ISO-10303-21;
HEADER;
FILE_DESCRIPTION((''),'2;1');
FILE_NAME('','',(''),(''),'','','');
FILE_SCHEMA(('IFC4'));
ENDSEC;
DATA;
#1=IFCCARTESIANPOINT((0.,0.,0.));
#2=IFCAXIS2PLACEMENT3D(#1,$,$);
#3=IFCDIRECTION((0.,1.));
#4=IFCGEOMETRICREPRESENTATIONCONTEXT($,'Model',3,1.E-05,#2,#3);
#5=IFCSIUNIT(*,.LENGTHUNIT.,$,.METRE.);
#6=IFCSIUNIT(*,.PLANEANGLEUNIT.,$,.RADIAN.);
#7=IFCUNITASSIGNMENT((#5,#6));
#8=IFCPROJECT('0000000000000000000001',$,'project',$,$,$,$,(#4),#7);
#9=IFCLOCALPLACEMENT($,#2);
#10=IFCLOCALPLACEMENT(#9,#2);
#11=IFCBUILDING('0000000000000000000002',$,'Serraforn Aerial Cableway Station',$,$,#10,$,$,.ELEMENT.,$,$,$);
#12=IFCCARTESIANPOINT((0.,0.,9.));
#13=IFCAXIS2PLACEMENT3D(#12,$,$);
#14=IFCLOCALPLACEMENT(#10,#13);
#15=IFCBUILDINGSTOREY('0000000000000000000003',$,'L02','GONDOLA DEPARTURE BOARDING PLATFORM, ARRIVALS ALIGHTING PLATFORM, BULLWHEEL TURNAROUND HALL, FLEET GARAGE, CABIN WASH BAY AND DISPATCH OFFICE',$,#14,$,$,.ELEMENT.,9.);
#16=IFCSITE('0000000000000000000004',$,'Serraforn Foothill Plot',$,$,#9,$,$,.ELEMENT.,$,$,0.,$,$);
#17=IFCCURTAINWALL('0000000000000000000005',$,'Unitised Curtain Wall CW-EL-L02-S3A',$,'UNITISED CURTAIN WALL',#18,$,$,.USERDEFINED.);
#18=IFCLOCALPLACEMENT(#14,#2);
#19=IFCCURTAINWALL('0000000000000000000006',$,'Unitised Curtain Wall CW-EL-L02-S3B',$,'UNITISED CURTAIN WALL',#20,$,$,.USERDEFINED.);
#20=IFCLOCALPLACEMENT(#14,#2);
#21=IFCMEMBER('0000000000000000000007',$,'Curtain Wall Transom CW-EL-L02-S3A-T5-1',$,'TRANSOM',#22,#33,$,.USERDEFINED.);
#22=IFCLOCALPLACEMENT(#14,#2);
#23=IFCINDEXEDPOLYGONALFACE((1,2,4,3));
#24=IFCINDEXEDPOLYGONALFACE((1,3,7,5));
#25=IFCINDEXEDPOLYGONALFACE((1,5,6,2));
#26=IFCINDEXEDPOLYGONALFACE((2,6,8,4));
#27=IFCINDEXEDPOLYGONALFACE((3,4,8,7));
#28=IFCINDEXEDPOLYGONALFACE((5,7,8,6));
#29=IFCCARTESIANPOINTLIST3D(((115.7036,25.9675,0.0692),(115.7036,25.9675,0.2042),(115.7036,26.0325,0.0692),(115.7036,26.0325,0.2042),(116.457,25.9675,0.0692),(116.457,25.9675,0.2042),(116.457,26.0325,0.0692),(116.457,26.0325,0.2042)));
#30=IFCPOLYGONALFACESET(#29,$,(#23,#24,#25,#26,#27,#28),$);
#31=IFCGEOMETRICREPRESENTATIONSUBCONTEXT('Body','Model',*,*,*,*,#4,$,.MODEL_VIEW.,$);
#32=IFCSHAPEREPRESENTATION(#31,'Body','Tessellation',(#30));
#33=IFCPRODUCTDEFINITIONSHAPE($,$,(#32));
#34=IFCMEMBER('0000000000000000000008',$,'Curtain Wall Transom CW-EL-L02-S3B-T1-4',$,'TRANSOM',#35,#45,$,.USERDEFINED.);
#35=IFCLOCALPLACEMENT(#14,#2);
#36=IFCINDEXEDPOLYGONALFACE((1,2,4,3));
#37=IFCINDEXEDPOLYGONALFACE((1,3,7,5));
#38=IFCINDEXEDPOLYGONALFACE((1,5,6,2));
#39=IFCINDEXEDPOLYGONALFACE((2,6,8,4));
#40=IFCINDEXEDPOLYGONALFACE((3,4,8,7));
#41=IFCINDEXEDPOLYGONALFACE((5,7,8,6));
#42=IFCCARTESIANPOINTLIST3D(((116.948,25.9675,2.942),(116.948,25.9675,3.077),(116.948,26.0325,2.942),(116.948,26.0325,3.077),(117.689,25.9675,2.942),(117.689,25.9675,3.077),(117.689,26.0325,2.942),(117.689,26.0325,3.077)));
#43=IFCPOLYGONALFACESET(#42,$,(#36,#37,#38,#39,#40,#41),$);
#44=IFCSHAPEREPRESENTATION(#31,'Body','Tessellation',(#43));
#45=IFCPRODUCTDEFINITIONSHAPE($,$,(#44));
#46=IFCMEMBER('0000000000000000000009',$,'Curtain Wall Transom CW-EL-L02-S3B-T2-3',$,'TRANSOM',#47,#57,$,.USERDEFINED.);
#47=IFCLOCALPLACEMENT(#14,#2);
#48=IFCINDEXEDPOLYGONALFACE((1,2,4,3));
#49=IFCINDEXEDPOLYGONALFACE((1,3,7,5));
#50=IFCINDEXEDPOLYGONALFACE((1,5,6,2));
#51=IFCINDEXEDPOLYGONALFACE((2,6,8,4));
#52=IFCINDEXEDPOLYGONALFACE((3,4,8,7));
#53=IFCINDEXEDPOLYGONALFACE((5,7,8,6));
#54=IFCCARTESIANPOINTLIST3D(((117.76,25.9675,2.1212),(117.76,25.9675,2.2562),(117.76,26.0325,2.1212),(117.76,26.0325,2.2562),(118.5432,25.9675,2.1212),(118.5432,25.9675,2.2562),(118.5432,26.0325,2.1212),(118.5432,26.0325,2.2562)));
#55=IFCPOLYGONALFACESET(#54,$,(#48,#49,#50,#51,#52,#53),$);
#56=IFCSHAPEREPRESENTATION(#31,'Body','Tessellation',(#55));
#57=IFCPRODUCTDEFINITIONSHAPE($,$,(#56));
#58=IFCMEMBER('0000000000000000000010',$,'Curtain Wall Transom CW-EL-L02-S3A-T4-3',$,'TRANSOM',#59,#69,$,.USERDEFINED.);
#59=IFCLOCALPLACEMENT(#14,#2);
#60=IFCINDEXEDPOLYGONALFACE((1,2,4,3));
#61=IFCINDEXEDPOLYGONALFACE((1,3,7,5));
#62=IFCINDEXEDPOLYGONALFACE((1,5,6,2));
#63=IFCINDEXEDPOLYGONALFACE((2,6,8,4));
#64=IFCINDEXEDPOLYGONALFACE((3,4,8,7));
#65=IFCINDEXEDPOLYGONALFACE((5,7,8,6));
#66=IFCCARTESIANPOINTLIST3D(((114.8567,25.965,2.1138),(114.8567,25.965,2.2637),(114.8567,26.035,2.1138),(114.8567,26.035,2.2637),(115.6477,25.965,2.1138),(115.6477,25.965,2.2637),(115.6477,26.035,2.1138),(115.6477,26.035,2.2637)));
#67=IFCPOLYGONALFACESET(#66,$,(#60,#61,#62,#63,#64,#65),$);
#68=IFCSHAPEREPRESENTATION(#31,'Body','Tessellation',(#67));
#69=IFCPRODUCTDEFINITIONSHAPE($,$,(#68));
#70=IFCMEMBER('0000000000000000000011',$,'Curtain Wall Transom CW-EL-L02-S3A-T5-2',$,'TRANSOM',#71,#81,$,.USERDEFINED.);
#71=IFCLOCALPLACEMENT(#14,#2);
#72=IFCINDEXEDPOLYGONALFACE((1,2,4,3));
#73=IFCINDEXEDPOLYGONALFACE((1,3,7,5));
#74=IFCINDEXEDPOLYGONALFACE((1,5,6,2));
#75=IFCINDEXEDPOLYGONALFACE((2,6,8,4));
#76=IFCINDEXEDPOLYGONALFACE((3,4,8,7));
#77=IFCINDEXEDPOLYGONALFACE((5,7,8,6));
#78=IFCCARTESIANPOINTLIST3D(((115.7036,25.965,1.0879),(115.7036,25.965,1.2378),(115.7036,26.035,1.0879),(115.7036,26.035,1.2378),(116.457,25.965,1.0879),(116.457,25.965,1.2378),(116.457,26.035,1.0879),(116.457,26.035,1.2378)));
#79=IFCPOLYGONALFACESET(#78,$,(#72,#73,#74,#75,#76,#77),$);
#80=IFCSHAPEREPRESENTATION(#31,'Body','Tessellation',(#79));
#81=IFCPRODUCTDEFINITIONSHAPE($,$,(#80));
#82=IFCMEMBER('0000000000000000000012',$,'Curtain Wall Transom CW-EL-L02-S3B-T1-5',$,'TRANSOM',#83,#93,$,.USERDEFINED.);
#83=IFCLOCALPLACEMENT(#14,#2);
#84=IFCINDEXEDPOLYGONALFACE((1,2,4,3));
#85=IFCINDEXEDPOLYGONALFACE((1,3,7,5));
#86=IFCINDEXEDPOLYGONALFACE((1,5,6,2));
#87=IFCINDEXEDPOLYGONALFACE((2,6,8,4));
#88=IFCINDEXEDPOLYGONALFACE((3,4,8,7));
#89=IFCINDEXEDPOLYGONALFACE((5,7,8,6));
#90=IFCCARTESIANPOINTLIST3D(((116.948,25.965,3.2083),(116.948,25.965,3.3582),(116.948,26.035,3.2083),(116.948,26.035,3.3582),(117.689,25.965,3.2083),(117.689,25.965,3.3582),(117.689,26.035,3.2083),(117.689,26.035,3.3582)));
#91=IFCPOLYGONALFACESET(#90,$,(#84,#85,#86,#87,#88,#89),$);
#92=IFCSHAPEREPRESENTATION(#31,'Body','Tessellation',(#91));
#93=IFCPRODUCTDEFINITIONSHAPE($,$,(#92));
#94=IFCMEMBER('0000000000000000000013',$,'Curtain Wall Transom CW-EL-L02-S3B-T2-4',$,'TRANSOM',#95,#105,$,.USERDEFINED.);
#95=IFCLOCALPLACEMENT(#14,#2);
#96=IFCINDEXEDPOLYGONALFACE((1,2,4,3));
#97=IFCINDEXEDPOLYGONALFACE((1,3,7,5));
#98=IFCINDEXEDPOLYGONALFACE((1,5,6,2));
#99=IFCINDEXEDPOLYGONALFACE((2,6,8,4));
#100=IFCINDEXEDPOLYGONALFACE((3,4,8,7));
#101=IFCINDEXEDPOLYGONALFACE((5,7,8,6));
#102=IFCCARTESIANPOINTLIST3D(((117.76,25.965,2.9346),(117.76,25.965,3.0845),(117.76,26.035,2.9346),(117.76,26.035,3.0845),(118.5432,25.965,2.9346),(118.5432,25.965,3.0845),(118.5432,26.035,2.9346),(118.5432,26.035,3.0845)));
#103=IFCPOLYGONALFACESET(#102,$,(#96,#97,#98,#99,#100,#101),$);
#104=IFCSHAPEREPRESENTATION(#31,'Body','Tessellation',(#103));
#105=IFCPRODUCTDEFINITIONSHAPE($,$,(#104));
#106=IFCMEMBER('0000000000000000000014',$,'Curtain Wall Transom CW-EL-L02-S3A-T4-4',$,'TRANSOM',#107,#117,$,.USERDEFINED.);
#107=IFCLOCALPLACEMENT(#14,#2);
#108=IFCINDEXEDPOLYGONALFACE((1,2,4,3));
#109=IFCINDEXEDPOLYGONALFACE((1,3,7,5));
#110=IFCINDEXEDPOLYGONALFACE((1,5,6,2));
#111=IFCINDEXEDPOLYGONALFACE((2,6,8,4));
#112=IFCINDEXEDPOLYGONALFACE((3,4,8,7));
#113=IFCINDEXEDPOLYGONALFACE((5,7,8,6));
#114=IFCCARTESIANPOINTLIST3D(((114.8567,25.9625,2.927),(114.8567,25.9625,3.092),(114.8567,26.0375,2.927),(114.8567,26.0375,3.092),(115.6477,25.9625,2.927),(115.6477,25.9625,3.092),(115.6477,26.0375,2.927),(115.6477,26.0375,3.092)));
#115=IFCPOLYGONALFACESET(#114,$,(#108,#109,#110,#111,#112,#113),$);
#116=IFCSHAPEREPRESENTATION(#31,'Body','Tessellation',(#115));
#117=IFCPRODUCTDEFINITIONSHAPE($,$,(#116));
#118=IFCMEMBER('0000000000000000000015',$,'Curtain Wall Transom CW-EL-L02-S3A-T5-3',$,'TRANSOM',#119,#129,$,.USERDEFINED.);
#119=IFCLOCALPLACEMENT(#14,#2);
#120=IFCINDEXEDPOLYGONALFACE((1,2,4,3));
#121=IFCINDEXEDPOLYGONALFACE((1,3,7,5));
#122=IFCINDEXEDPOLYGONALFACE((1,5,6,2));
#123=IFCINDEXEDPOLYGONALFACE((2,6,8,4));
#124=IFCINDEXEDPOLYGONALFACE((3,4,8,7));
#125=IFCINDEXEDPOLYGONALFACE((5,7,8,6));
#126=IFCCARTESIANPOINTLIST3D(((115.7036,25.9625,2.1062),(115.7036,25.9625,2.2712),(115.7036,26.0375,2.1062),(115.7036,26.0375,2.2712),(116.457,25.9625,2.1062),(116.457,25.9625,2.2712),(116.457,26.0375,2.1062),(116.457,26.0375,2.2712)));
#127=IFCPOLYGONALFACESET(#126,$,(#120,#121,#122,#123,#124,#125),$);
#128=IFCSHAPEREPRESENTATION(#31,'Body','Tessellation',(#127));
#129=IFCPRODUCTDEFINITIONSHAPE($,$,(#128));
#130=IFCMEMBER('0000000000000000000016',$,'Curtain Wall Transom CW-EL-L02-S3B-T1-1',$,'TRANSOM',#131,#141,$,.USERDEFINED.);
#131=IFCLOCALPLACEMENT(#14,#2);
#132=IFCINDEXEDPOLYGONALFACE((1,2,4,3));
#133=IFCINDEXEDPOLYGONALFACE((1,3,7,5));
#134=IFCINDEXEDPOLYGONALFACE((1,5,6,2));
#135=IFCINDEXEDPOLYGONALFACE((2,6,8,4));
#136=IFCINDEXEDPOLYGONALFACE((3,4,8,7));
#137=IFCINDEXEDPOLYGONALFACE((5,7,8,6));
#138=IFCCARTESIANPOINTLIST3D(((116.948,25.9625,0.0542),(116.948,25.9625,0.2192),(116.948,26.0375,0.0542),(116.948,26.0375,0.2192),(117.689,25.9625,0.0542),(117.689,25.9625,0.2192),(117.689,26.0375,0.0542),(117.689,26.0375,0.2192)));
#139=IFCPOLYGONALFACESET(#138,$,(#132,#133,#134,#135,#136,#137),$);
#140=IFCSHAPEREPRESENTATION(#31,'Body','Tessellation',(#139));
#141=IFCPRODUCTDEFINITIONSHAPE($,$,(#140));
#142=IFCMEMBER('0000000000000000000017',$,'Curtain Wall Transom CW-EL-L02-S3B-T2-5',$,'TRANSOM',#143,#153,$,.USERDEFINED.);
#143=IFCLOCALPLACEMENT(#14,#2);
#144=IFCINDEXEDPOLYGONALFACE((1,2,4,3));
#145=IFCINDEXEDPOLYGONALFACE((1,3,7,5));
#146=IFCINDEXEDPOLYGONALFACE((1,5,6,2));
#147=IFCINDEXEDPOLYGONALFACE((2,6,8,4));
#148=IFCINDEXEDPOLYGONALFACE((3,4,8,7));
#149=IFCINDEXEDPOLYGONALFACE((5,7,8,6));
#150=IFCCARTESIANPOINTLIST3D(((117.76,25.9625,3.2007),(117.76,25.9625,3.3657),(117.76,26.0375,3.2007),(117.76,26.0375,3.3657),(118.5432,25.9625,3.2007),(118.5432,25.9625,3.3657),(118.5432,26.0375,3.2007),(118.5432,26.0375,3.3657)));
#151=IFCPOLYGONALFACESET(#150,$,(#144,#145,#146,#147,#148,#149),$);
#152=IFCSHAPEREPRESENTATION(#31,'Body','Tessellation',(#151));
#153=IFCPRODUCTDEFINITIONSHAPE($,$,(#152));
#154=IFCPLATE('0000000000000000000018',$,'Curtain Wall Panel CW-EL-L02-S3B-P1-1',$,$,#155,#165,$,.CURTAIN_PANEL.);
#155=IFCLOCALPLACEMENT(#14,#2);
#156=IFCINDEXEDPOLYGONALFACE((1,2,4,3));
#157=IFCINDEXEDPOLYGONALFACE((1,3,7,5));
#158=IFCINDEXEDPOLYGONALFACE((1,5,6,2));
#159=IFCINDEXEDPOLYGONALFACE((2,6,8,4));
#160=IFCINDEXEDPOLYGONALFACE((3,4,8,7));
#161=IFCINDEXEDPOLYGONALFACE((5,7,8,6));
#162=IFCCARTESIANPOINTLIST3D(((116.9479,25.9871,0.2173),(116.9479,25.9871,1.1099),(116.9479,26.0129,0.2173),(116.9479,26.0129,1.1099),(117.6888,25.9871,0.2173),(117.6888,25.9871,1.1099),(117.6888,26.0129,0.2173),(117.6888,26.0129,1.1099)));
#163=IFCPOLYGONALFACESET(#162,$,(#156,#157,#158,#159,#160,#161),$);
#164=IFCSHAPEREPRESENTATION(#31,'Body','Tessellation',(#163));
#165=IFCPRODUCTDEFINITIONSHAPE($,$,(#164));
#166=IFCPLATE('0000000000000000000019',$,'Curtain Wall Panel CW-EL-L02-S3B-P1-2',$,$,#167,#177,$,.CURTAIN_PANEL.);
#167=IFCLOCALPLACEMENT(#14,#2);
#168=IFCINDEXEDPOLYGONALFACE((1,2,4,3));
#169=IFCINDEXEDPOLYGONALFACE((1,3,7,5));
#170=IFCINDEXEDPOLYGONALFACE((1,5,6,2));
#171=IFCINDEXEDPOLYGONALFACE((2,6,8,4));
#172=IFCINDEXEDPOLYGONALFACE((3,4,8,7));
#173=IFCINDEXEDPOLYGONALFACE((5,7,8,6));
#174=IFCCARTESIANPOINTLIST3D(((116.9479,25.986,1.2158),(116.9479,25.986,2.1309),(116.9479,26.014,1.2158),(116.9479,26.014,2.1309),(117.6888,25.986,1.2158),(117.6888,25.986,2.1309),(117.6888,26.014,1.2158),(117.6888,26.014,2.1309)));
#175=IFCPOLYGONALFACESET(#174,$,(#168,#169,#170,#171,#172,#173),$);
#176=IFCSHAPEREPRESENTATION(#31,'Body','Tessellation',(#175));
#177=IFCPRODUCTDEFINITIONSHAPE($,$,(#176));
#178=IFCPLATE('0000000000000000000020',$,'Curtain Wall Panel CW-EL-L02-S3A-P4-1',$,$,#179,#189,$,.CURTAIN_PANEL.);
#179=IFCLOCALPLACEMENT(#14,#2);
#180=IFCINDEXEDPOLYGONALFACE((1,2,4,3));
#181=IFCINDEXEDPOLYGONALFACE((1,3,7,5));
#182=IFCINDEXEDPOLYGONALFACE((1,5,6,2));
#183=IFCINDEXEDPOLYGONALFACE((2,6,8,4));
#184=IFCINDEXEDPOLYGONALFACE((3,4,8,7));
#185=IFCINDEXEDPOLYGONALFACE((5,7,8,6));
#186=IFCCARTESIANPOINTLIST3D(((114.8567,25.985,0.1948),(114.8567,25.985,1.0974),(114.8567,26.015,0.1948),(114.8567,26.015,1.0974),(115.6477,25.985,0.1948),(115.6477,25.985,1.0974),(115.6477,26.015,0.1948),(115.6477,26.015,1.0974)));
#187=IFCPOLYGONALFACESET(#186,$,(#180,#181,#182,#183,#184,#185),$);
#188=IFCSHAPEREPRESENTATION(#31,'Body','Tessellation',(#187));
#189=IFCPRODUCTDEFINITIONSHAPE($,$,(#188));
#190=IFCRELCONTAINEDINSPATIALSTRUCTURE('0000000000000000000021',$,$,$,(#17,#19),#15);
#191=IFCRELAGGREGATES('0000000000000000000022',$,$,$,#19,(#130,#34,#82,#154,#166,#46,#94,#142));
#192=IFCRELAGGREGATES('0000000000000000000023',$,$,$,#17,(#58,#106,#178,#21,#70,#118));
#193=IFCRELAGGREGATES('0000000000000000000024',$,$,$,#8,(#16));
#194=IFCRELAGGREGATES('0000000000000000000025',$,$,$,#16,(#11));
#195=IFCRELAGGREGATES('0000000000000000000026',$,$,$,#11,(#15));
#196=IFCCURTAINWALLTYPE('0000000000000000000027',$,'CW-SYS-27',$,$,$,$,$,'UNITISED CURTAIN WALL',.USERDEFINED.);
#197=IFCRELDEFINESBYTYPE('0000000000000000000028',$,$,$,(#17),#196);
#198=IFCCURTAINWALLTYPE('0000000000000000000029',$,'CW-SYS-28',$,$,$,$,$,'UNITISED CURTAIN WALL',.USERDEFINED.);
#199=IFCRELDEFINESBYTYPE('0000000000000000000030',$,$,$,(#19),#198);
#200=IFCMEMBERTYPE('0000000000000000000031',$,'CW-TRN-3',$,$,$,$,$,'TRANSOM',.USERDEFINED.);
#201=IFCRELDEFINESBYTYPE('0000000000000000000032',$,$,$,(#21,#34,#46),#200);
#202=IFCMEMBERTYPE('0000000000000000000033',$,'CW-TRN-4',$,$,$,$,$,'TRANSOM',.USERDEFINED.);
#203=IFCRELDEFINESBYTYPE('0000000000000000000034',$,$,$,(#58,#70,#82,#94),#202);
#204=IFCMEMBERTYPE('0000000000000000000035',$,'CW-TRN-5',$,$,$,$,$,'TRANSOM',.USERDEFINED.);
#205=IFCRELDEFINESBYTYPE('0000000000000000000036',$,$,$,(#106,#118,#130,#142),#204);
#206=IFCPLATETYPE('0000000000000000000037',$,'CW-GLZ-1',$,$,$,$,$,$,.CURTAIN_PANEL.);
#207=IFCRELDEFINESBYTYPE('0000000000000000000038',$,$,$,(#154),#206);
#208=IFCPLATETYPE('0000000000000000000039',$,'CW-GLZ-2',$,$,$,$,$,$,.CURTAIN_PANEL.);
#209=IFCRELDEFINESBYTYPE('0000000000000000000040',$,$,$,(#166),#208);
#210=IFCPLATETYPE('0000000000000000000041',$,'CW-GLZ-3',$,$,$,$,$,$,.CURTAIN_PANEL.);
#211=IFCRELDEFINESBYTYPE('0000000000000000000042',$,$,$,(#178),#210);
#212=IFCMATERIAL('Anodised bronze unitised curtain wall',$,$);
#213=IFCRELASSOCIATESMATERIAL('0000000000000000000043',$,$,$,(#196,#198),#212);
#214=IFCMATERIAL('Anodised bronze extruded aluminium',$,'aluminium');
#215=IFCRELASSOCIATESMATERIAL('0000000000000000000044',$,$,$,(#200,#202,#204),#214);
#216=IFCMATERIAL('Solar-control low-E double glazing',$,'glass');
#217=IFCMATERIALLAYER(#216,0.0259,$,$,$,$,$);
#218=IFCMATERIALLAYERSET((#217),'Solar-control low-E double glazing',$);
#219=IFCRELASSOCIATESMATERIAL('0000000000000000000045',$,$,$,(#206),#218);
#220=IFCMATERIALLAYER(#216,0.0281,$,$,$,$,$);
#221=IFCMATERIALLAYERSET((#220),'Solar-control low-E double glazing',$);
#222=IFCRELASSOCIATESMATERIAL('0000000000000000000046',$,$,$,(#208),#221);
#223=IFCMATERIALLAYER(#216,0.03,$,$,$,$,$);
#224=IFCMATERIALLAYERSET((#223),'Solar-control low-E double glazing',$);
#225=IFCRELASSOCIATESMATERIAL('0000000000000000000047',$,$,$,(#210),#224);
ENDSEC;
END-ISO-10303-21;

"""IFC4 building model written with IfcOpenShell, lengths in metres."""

from ifc_helpers import new_model, si_unit, direction, frame, origin, origin_2d, place, context, subcontext, project, spatial, rectangle, extrude, material, layer, layer_set, material_profile, profile_set, type_object, element, aggregate, save


model = new_model("IFC4")

# Units and contexts
model_context = context("Model", 3, precision=1e-05, world=origin(), true_north=direction((0.0, 1.0)))
body_context = subcontext(model_context, "Body", "Model", "MODEL_VIEW")
ifc_project = project(units=[si_unit("LENGTHUNIT", "METRE"), si_unit("PLANEANGLEUNIT", "RADIAN")], contexts=[model_context])

# Site, building, storey
site_placement = place(None, origin())
site = spatial("IfcSite", under=ifc_project, at=site_placement, Name="Serraforn Foothill Plot", CompositionType="ELEMENT", RefElevation=0.0)
building_placement = place(site_placement, origin())
building = spatial("IfcBuilding", under=site, at=building_placement, Name="Serraforn Aerial Cableway Station", CompositionType="ELEMENT")
storey_placement = place(building_placement, frame((0.0, 0.0, 9.0)))
storey = spatial("IfcBuildingStorey", under=building, at=storey_placement, Name="L02", Description="GONDOLA DEPARTURE BOARDING PLATFORM, ARRIVALS ALIGHTING PLATFORM, BULLWHEEL TURNAROUND HALL, FLEET GARAGE, CABIN WASH BAY AND DISPATCH OFFICE", CompositionType="ELEMENT", Elevation=9.0)

# Curtain walls
ifc_material_1 = material(Name="Anodised bronze unitised curtain wall")
curtain_wall_type_1 = type_object("IfcCurtainWallType", Name="CW-SYS-27", ElementType="UNITISED CURTAIN WALL", PredefinedType="USERDEFINED", material=ifc_material_1)
curtain_wall_1_placement = place(storey_placement, origin())
curtain_wall_1 = element("IfcCurtainWall", 1, at=curtain_wall_1_placement, inside=storey, type_object=curtain_wall_type_1, Name="Unitised Curtain Wall CW-EL-L02-S3A", ObjectType="UNITISED CURTAIN WALL", PredefinedType="USERDEFINED")
ifc_material_2 = material(Name="Anodised bronze extruded aluminium", Category="aluminium")
curtain_wall_type_2 = type_object("IfcCurtainWallType", Name="CW-SYS-28", ElementType="UNITISED CURTAIN WALL", PredefinedType="USERDEFINED", material=ifc_material_1)
curtain_wall_2_placement = place(storey_placement, origin())
curtain_wall_2 = element("IfcCurtainWall", 2, at=curtain_wall_2_placement, inside=storey, type_object=curtain_wall_type_2, Name="Unitised Curtain Wall CW-EL-L02-S3B", ObjectType="UNITISED CURTAIN WALL", PredefinedType="USERDEFINED")

# Members
ifc_material_profile_1 = material_profile(ifc_material_2, rectangle(XDim=0.0649, YDim=0.135, at=origin_2d()), Name="CW TRANSOM 65x135")
ifc_profile_set_1 = profile_set([ifc_material_profile_1], Name="Anodised bronze extruded aluminium")
member_type_1 = type_object("IfcMemberType", Name="CW-TRN-3", ElementType="TRANSOM", PredefinedType="USERDEFINED", material=ifc_profile_set_1)
member_1_placement = place(storey_placement, frame((115.7036, 26.0, 0.1367), z_axis=(1.0, 0.0, 0.0), x_axis=(0.0, 1.0, 0.0)))
member_1 = element("IfcMember", 3, at=member_1_placement, type_object=member_type_1, Name="Curtain Wall Transom CW-EL-L02-S3A-T5-1", ObjectType="TRANSOM", PredefinedType="USERDEFINED", context=body_context, shape_type="SweptSolid", body=[
    extrude(rectangle(XDim=0.0649, YDim=0.135, at=origin_2d()), origin(), (0.0, 0.0, 1.0), 0.7534),
])
member_2_placement = place(storey_placement, frame((116.948, 26.0, 3.0095), z_axis=(1.0, 0.0, 0.0), x_axis=(0.0, 1.0, 0.0)))
member_2 = element("IfcMember", 4, at=member_2_placement, type_object=member_type_1, Name="Curtain Wall Transom CW-EL-L02-S3B-T1-4", ObjectType="TRANSOM", PredefinedType="USERDEFINED", context=body_context, shape_type="SweptSolid", body=[
    extrude(rectangle(XDim=0.0649, YDim=0.135, at=origin_2d()), origin(), (0.0, 0.0, 1.0), 0.741),
])
member_3_placement = place(storey_placement, frame((117.76, 26.0, 2.1887), z_axis=(1.0, 0.0, 0.0), x_axis=(0.0, 1.0, 0.0)))
member_3 = element("IfcMember", 5, at=member_3_placement, type_object=member_type_1, Name="Curtain Wall Transom CW-EL-L02-S3B-T2-3", ObjectType="TRANSOM", PredefinedType="USERDEFINED", context=body_context, shape_type="SweptSolid", body=[
    extrude(rectangle(XDim=0.0649, YDim=0.135, at=origin_2d()), origin(), (0.0, 0.0, 1.0), 0.7832),
])
ifc_material_profile_2 = material_profile(ifc_material_2, rectangle(XDim=0.0701, YDim=0.1499, at=origin_2d()), Name="CW TRANSOM 70x150")
ifc_profile_set_2 = profile_set([ifc_material_profile_2], Name="Anodised bronze extruded aluminium")
member_type_2 = type_object("IfcMemberType", Name="CW-TRN-4", ElementType="TRANSOM", PredefinedType="USERDEFINED", material=ifc_profile_set_2)
member_4_placement = place(storey_placement, frame((114.8567, 26.0, 2.1887), z_axis=(1.0, 0.0, 0.0), x_axis=(0.0, 1.0, 0.0)))
member_4 = element("IfcMember", 6, at=member_4_placement, type_object=member_type_2, Name="Curtain Wall Transom CW-EL-L02-S3A-T4-3", ObjectType="TRANSOM", PredefinedType="USERDEFINED", context=body_context, shape_type="SweptSolid", body=[
    extrude(rectangle(XDim=0.0701, YDim=0.1499, at=origin_2d()), origin(), (0.0, 0.0, 1.0), 0.791),
])
member_5_placement = place(storey_placement, frame((115.7036, 26.0, 1.1628), z_axis=(1.0, 0.0, 0.0), x_axis=(0.0, 1.0, 0.0)))
member_5 = element("IfcMember", 7, at=member_5_placement, type_object=member_type_2, Name="Curtain Wall Transom CW-EL-L02-S3A-T5-2", ObjectType="TRANSOM", PredefinedType="USERDEFINED", context=body_context, shape_type="SweptSolid", body=[
    extrude(rectangle(XDim=0.0701, YDim=0.1499, at=origin_2d()), origin(), (0.0, 0.0, 1.0), 0.7534),
])
member_6_placement = place(storey_placement, frame((116.948, 26.0, 3.2832), z_axis=(1.0, 0.0, 0.0), x_axis=(0.0, 1.0, 0.0)))
member_6 = element("IfcMember", 8, at=member_6_placement, type_object=member_type_2, Name="Curtain Wall Transom CW-EL-L02-S3B-T1-5", ObjectType="TRANSOM", PredefinedType="USERDEFINED", context=body_context, shape_type="SweptSolid", body=[
    extrude(rectangle(XDim=0.0701, YDim=0.1499, at=origin_2d()), origin(), (0.0, 0.0, 1.0), 0.741),
])
member_7_placement = place(storey_placement, frame((117.76, 26.0, 3.0095), z_axis=(1.0, 0.0, 0.0), x_axis=(0.0, 1.0, 0.0)))
member_7 = element("IfcMember", 9, at=member_7_placement, type_object=member_type_2, Name="Curtain Wall Transom CW-EL-L02-S3B-T2-4", ObjectType="TRANSOM", PredefinedType="USERDEFINED", context=body_context, shape_type="SweptSolid", body=[
    extrude(rectangle(XDim=0.0701, YDim=0.1499, at=origin_2d()), origin(), (0.0, 0.0, 1.0), 0.7832),
])
ifc_material_profile_3 = material_profile(ifc_material_2, rectangle(XDim=0.075, YDim=0.165, at=origin_2d()), Name="CW TRANSOM 75x165")
ifc_profile_set_3 = profile_set([ifc_material_profile_3], Name="Anodised bronze extruded aluminium")
member_type_3 = type_object("IfcMemberType", Name="CW-TRN-5", ElementType="TRANSOM", PredefinedType="USERDEFINED", material=ifc_profile_set_3)
member_8_placement = place(storey_placement, frame((114.8567, 26.0, 3.0095), z_axis=(1.0, 0.0, 0.0), x_axis=(0.0, 1.0, 0.0)))
member_8 = element("IfcMember", 10, at=member_8_placement, type_object=member_type_3, Name="Curtain Wall Transom CW-EL-L02-S3A-T4-4", ObjectType="TRANSOM", PredefinedType="USERDEFINED", context=body_context, shape_type="SweptSolid", body=[
    extrude(rectangle(XDim=0.075, YDim=0.165, at=origin_2d()), origin(), (0.0, 0.0, 1.0), 0.791),
])
member_9_placement = place(storey_placement, frame((115.7036, 26.0, 2.1887), z_axis=(1.0, 0.0, 0.0), x_axis=(0.0, 1.0, 0.0)))
member_9 = element("IfcMember", 11, at=member_9_placement, type_object=member_type_3, Name="Curtain Wall Transom CW-EL-L02-S3A-T5-3", ObjectType="TRANSOM", PredefinedType="USERDEFINED", context=body_context, shape_type="SweptSolid", body=[
    extrude(rectangle(XDim=0.075, YDim=0.165, at=origin_2d()), origin(), (0.0, 0.0, 1.0), 0.7534),
])
member_10_placement = place(storey_placement, frame((116.948, 26.0, 0.1367), z_axis=(1.0, 0.0, 0.0), x_axis=(0.0, 1.0, 0.0)))
member_10 = element("IfcMember", 12, at=member_10_placement, type_object=member_type_3, Name="Curtain Wall Transom CW-EL-L02-S3B-T1-1", ObjectType="TRANSOM", PredefinedType="USERDEFINED", context=body_context, shape_type="SweptSolid", body=[
    extrude(rectangle(XDim=0.075, YDim=0.165, at=origin_2d()), origin(), (0.0, 0.0, 1.0), 0.741),
])
member_11_placement = place(storey_placement, frame((117.76, 26.0, 3.2832), z_axis=(1.0, 0.0, 0.0), x_axis=(0.0, 1.0, 0.0)))
member_11 = element("IfcMember", 13, at=member_11_placement, type_object=member_type_3, Name="Curtain Wall Transom CW-EL-L02-S3B-T2-5", ObjectType="TRANSOM", PredefinedType="USERDEFINED", context=body_context, shape_type="SweptSolid", body=[
    extrude(rectangle(XDim=0.075, YDim=0.165, at=origin_2d()), origin(), (0.0, 0.0, 1.0), 0.7832),
])

# Plates
ifc_material_3 = material(Name="Solar-control low-E double glazing", Category="glass")
ifc_layer_1 = layer(ifc_material_3, 0.0259)
ifc_layer_set_1 = layer_set([ifc_layer_1], Name="Solar-control low-E double glazing")
plate_type_1 = type_object("IfcPlateType", Name="CW-GLZ-1", PredefinedType="CURTAIN_PANEL", material=ifc_layer_set_1)
plate_1_placement = place(storey_placement, frame((117.3184, 26.0, 0.2173), z_axis=(0.0, 0.0, 1.0), x_axis=(1.0, 0.0, 0.0)))
plate_1 = element("IfcPlate", 14, at=plate_1_placement, type_object=plate_type_1, Name="Curtain Wall Panel CW-EL-L02-S3B-P1-1", PredefinedType="CURTAIN_PANEL", context=body_context, shape_type="SweptSolid", body=[
    extrude(rectangle(XDim=0.741, YDim=0.0259, at=origin_2d()), origin(), (0.0, 0.0, 1.0), 0.8926),
])
ifc_layer_2 = layer(ifc_material_3, 0.0281)
ifc_layer_set_2 = layer_set([ifc_layer_2], Name="Solar-control low-E double glazing")
plate_type_2 = type_object("IfcPlateType", Name="CW-GLZ-2", PredefinedType="CURTAIN_PANEL", material=ifc_layer_set_2)
plate_2_placement = place(storey_placement, frame((117.3184, 26.0, 1.2158), z_axis=(0.0, 0.0, 1.0), x_axis=(1.0, 0.0, 0.0)))
plate_2 = element("IfcPlate", 15, at=plate_2_placement, type_object=plate_type_2, Name="Curtain Wall Panel CW-EL-L02-S3B-P1-2", PredefinedType="CURTAIN_PANEL", context=body_context, shape_type="SweptSolid", body=[
    extrude(rectangle(XDim=0.741, YDim=0.0281, at=origin_2d()), origin(), (0.0, 0.0, 1.0), 0.915),
])
ifc_layer_3 = layer(ifc_material_3, 0.03)
ifc_layer_set_3 = layer_set([ifc_layer_3], Name="Solar-control low-E double glazing")
plate_type_3 = type_object("IfcPlateType", Name="CW-GLZ-3", PredefinedType="CURTAIN_PANEL", material=ifc_layer_set_3)
plate_3_placement = place(storey_placement, frame((115.2522, 26.0, 0.1948), z_axis=(0.0, 0.0, 1.0), x_axis=(1.0, 0.0, 0.0)))
plate_3 = element("IfcPlate", 16, at=plate_3_placement, type_object=plate_type_3, Name="Curtain Wall Panel CW-EL-L02-S3A-P4-1", PredefinedType="CURTAIN_PANEL", context=body_context, shape_type="SweptSolid", body=[
    extrude(rectangle(XDim=0.791, YDim=0.03, at=origin_2d()), origin(), (0.0, 0.0, 1.0), 0.9026),
])
aggregate(curtain_wall_2, [member_10, member_2, member_6, plate_1, plate_2, member_3, member_7, member_11])
aggregate(curtain_wall_1, [member_4, member_8, plate_3, member_1, member_5, member_9])

save(model, "model.ifc")
